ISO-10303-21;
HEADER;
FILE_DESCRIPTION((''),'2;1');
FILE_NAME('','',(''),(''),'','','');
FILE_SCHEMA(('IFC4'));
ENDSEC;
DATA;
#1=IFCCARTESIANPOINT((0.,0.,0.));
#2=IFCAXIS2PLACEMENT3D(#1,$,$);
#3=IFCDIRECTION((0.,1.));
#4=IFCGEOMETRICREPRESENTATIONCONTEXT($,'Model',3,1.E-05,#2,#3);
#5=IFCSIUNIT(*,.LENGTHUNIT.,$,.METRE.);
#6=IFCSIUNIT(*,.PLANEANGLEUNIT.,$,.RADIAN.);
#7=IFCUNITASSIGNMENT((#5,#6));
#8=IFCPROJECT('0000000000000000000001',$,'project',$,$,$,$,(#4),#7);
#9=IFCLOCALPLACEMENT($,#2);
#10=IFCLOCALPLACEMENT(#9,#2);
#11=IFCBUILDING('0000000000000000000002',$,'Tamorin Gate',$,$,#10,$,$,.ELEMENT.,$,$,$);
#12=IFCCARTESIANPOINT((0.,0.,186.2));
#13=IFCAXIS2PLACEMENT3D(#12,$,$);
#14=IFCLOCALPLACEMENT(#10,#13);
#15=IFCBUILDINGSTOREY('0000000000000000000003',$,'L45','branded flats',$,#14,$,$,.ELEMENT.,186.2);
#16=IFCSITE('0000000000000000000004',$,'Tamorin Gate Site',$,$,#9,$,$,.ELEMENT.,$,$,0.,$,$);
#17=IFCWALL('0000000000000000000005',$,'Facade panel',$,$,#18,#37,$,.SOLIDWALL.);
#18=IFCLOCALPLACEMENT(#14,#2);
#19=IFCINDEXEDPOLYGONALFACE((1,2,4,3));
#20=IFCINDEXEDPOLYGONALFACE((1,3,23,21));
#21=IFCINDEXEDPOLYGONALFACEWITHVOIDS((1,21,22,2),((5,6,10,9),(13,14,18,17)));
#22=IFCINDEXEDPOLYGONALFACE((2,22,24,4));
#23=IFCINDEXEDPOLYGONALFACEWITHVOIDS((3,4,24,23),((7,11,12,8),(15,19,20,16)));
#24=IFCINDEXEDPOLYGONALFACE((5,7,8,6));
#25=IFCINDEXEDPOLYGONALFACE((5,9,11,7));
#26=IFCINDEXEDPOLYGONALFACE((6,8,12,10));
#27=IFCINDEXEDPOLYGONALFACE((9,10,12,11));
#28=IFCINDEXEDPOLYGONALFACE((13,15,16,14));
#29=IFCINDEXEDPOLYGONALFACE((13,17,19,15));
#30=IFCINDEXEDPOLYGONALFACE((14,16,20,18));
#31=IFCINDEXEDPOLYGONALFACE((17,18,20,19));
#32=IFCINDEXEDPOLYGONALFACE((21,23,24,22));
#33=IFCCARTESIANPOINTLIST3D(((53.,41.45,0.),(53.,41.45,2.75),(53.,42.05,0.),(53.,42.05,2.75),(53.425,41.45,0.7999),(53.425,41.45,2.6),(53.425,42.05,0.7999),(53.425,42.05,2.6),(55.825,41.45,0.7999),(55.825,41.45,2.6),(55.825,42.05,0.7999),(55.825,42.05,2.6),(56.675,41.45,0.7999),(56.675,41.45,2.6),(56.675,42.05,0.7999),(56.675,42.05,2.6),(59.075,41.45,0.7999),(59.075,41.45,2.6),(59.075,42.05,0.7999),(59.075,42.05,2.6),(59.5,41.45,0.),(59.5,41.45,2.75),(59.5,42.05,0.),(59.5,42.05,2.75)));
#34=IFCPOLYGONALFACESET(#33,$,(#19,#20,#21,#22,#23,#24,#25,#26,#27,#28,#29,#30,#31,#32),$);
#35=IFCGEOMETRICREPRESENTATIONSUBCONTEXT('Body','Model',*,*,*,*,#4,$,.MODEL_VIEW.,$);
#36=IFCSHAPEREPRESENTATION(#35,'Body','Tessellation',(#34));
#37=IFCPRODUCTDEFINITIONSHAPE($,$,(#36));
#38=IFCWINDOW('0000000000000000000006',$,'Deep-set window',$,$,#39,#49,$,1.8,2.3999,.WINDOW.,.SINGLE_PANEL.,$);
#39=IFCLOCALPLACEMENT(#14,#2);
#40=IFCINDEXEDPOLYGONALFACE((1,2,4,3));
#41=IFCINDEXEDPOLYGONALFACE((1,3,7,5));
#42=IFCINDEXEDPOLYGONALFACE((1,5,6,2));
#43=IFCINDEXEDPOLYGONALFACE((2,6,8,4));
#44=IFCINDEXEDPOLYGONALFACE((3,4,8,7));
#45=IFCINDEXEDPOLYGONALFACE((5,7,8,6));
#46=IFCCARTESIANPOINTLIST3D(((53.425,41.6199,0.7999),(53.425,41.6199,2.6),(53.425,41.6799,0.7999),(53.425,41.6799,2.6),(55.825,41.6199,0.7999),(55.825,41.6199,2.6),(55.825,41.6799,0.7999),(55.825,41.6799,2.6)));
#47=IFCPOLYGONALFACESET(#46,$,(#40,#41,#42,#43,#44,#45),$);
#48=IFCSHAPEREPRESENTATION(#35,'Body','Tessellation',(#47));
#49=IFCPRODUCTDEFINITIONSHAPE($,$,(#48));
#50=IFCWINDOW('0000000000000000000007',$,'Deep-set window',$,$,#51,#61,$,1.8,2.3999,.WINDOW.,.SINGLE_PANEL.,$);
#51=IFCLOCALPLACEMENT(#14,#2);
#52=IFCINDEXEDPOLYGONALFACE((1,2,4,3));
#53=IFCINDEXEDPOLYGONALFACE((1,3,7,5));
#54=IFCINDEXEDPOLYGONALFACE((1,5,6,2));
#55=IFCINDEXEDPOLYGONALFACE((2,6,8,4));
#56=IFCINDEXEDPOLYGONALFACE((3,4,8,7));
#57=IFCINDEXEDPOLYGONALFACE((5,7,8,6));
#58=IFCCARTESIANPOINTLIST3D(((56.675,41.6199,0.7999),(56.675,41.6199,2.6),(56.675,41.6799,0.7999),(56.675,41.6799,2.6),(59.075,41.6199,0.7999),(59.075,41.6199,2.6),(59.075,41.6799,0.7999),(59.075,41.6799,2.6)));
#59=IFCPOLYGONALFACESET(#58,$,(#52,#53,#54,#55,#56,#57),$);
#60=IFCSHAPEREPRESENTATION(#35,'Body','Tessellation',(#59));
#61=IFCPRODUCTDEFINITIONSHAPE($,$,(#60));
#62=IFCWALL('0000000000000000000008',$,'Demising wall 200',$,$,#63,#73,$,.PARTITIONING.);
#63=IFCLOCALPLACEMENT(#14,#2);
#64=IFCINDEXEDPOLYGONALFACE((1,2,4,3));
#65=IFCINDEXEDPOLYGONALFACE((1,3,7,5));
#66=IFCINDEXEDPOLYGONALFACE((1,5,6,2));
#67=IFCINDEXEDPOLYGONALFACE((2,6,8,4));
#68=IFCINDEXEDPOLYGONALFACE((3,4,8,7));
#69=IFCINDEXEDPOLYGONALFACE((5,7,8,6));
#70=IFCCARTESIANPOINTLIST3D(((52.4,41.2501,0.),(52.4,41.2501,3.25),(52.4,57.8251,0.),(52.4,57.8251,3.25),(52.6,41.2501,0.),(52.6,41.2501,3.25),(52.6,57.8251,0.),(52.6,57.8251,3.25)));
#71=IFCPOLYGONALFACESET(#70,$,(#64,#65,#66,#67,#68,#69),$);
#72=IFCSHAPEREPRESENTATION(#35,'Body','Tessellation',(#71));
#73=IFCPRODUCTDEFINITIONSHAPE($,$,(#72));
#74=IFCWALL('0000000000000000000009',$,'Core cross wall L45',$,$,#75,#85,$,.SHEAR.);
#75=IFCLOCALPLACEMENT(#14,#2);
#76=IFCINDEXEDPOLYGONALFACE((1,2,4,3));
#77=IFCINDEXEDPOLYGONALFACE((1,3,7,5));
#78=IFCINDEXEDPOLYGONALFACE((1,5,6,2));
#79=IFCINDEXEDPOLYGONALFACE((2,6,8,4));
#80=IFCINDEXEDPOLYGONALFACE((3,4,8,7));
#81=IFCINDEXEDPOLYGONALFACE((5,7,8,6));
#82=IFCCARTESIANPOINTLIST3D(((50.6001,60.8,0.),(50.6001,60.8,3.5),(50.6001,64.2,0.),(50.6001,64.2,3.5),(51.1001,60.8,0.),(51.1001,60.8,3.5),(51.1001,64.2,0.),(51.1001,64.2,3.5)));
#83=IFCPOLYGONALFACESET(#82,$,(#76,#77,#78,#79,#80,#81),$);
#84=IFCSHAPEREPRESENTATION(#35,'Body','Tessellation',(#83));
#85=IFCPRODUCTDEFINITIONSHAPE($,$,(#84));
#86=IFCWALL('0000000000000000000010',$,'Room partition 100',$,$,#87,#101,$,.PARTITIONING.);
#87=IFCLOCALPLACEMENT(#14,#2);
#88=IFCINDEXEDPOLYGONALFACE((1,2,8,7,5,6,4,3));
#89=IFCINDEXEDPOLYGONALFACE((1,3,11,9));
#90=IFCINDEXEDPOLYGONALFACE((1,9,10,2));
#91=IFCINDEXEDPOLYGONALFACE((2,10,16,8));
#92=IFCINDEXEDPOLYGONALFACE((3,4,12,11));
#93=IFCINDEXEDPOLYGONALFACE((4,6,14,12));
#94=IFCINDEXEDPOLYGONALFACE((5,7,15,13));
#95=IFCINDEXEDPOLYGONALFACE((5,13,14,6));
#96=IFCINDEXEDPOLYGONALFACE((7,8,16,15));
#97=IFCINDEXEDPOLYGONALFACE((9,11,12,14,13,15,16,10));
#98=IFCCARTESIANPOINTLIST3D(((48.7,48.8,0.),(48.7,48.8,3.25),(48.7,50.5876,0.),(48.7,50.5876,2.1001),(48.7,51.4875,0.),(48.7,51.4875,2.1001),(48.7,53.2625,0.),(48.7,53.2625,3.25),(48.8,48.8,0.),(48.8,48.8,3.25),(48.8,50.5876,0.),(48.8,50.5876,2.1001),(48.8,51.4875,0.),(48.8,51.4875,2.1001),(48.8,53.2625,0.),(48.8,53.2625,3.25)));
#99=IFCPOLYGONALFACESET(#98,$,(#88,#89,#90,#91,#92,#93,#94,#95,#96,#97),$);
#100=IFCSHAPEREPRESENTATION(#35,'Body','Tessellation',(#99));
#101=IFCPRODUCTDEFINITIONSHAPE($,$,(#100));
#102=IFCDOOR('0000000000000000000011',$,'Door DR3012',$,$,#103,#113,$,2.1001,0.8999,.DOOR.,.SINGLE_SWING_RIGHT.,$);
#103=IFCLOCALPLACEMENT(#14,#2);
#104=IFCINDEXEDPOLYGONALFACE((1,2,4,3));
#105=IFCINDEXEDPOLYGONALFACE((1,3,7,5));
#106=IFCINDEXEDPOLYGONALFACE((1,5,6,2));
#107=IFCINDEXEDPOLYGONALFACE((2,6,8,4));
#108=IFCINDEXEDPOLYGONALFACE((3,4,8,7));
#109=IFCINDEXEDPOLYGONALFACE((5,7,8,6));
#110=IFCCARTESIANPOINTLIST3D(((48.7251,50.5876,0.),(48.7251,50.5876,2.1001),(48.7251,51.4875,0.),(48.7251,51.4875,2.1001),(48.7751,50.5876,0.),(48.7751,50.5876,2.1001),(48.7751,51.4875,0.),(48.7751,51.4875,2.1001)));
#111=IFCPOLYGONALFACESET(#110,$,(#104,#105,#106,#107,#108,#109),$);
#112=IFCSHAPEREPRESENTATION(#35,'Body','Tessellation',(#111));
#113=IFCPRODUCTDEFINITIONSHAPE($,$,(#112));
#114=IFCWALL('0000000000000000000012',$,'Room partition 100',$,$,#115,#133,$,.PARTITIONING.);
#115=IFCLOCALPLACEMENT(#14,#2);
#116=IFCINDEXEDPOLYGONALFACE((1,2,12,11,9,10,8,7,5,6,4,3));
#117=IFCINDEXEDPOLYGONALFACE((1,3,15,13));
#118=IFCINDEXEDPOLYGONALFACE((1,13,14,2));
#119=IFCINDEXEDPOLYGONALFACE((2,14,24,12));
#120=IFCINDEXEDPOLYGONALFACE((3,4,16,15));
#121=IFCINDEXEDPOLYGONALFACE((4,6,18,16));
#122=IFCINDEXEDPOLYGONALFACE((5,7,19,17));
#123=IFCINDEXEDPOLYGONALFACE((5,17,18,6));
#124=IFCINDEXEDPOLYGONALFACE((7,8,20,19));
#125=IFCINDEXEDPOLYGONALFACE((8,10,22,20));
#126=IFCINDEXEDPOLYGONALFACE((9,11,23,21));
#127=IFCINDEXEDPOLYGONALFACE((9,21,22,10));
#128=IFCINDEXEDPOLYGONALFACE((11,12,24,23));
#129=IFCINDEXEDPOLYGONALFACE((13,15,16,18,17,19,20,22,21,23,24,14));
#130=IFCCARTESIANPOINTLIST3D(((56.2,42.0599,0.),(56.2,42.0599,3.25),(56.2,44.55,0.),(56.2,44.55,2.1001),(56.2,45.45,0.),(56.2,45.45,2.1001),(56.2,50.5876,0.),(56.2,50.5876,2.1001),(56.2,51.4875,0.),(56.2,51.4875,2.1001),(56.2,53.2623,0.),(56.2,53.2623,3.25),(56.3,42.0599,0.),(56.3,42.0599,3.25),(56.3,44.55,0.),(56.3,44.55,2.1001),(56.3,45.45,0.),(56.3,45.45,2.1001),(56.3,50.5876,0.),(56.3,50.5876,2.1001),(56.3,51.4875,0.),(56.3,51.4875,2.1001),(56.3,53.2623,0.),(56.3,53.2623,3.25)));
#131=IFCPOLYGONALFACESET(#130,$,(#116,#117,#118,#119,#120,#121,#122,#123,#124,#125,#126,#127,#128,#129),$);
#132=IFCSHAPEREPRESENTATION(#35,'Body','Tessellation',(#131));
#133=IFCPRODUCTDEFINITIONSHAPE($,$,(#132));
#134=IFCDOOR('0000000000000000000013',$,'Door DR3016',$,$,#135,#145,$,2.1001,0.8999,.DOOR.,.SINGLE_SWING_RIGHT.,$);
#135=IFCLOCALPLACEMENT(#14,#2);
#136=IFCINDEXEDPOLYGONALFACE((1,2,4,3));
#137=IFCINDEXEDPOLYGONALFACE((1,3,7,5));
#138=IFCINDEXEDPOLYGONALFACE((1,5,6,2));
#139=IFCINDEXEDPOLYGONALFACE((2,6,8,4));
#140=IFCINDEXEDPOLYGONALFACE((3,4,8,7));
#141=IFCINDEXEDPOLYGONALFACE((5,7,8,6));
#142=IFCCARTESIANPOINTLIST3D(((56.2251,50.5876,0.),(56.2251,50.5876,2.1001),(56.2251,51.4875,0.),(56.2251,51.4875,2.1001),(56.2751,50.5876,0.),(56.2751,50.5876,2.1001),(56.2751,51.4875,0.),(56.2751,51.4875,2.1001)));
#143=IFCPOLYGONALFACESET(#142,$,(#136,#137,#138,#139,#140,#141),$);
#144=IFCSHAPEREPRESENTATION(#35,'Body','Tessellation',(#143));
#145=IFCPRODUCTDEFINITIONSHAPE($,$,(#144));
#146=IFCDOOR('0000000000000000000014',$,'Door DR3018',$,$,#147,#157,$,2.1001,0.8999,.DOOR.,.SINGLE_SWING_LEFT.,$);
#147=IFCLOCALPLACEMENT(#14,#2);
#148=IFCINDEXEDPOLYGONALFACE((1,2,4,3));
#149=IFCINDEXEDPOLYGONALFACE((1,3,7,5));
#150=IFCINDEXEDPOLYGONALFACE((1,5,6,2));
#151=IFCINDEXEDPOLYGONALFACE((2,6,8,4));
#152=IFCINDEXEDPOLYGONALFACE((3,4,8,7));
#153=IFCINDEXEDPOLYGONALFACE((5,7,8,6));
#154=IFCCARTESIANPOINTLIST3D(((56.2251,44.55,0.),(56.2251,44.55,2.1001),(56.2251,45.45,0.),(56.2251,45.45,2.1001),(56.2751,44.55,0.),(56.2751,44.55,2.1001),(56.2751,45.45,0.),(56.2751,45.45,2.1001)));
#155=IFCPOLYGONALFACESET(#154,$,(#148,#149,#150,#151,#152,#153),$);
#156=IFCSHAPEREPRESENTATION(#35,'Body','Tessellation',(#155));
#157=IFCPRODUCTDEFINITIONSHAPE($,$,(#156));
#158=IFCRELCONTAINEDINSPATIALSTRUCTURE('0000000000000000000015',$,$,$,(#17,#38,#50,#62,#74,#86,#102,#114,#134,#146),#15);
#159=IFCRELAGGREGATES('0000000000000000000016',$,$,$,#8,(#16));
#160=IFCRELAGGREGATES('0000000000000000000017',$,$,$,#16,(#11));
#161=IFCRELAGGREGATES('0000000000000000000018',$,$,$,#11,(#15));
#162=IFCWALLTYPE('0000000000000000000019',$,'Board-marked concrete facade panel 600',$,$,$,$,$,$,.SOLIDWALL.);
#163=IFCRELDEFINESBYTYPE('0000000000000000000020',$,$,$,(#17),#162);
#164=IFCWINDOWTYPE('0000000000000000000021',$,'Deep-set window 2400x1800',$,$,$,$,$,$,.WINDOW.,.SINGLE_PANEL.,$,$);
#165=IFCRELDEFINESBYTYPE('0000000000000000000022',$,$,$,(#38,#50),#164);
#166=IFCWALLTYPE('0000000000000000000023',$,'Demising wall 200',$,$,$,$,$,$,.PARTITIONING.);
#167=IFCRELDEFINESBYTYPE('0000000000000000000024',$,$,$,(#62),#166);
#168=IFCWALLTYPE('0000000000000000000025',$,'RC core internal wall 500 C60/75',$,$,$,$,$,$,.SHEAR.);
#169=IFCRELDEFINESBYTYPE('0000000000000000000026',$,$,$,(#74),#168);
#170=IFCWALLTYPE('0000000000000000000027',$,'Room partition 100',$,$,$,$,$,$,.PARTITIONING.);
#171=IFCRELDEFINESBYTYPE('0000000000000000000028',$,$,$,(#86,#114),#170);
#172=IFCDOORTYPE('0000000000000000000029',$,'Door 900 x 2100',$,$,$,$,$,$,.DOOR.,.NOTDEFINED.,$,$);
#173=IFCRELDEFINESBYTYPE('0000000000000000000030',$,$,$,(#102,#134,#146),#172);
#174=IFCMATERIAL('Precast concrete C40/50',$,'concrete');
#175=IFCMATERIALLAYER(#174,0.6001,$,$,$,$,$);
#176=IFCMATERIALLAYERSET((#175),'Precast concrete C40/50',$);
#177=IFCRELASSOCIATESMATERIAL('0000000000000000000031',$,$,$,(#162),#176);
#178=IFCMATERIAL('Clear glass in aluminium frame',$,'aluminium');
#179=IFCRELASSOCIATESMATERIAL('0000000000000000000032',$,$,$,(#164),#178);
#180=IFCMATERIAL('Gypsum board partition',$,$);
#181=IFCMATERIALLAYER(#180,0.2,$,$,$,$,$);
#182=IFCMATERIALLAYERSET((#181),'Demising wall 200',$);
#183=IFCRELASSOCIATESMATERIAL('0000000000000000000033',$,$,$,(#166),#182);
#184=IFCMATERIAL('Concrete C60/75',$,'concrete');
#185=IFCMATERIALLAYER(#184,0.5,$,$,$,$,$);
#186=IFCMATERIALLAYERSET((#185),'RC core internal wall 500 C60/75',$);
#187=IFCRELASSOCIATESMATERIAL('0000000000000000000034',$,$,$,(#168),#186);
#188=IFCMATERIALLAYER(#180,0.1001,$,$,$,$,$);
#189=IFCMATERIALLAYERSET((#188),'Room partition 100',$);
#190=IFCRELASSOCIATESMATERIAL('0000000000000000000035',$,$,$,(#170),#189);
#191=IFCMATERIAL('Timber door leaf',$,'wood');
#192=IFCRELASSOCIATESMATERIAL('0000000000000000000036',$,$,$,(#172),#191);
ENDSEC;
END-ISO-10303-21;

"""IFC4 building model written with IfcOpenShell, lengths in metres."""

from ifc_helpers import new_model, si_unit, direction, frame, frame_2d, origin, place, context, subcontext, project, spatial, rectangle, extrude, material, layer, layer_set, type_object, element, fill, save


model = new_model("IFC4")

# Units and contexts
model_context = context("Model", 3, precision=1e-05, world=origin(), true_north=direction((0.0, 1.0)))
body_context = subcontext(model_context, "Body", "Model", "MODEL_VIEW")
ifc_project = project(units=[si_unit("LENGTHUNIT", "METRE"), si_unit("PLANEANGLEUNIT", "RADIAN")], contexts=[model_context])

# Site, building, storey
site_placement = place(None, origin())
site = spatial("IfcSite", under=ifc_project, at=site_placement, Name="Tamorin Gate Site", CompositionType="ELEMENT", RefElevation=0.0)
building_placement = place(site_placement, origin())
building = spatial("IfcBuilding", under=site, at=building_placement, Name="Tamorin Gate", CompositionType="ELEMENT")
storey_placement = place(building_placement, frame((0.0, 0.0, 186.2)))
storey = spatial("IfcBuildingStorey", under=building, at=storey_placement, Name="L45", Description="branded flats", CompositionType="ELEMENT", Elevation=186.2)

# Shared definitions
ifc_material_1 = material(Name="Concrete C60/75", Category="concrete")

# Wall, openings, windows
ifc_material_2 = material(Name="Precast concrete C40/50", Category="concrete")
ifc_layer_1 = layer(ifc_material_2, 0.6001)
ifc_layer_set_1 = layer_set([ifc_layer_1], Name="Precast concrete C40/50")
wall_type_1 = type_object("IfcWallType", Name="Board-marked concrete facade panel 600", PredefinedType="SOLIDWALL", material=ifc_layer_set_1)
ifc_material_3 = material(Name="Clear glass in aluminium frame", Category="aluminium")
window_type = type_object("IfcWindowType", Name="Deep-set window 2400x1800", PartitioningType="SINGLE_PANEL", PredefinedType="WINDOW", material=ifc_material_3)
wall_1_placement = place(storey_placement, frame((53.0, 41.75, 0.0), z_axis=(0.0, 0.0, 1.0), x_axis=(1.0, 0.0, 0.0)))
wall_1 = element("IfcWall", 1, at=wall_1_placement, inside=storey, type_object=wall_type_1, Name="Facade panel", PredefinedType="SOLIDWALL", context=body_context, shape_type="SweptSolid", body=[
    extrude(rectangle(XDim=6.5, YDim=0.6001, at=frame_2d((3.25, 0.0))), origin(), (0.0, 0.0, 1.0), 2.75),
])
opening_1_placement = place(wall_1_placement, frame((0.425, 0.0, 0.8)))
opening_1 = element("IfcOpeningElement", 2, at=opening_1_placement, cuts=wall_1, PredefinedType="OPENING", context=body_context, shape_type="SweptSolid", body=[
    extrude(rectangle(XDim=2.3999, YDim=1.8, at=frame_2d((1.2, 0.8999))), frame((0.0, 0.3101, 0.0), z_axis=(0.0, -1.0, 0.0), x_axis=(1.0, 0.0, 0.0)), (0.0, 0.0, 1.0), 0.6201),
])
opening_2_placement = place(wall_1_placement, frame((3.675, 0.0, 0.8)))
opening_2 = element("IfcOpeningElement", 3, at=opening_2_placement, cuts=wall_1, PredefinedType="OPENING", context=body_context, shape_type="SweptSolid", body=[
    extrude(rectangle(XDim=2.3999, YDim=1.8, at=frame_2d((1.2, 0.8999))), frame((0.0, 0.3101, 0.0), z_axis=(0.0, -1.0, 0.0), x_axis=(1.0, 0.0, 0.0)), (0.0, 0.0, 1.0), 0.6201),
])
window_1_placement = place(opening_1_placement, origin())
window_1 = element("IfcWindow", 4, at=window_1_placement, inside=storey, type_object=window_type, Name="Deep-set window", OverallHeight=1.8, OverallWidth=2.3999, PartitioningType="SINGLE_PANEL", PredefinedType="WINDOW", context=body_context, shape_type="SweptSolid", body=[
    extrude(rectangle(XDim=2.3999, YDim=1.8, at=frame_2d((1.2, 0.8999))), frame((0.0, -0.0701, 0.0), z_axis=(0.0, -1.0, 0.0), x_axis=(1.0, 0.0, 0.0)), (0.0, 0.0, 1.0), 0.0601),
])
fill(opening_1, window_1)
window_2_placement = place(opening_2_placement, origin())
window_2 = element("IfcWindow", 5, at=window_2_placement, inside=storey, type_object=window_type, Name="Deep-set window", OverallHeight=1.8, OverallWidth=2.3999, PartitioningType="SINGLE_PANEL", PredefinedType="WINDOW", context=body_context, shape_type="SweptSolid", body=[
    extrude(rectangle(XDim=2.3999, YDim=1.8, at=frame_2d((1.2, 0.8999))), frame((0.0, -0.0701, 0.0), z_axis=(0.0, -1.0, 0.0), x_axis=(1.0, 0.0, 0.0)), (0.0, 0.0, 1.0), 0.0601),
])
fill(opening_2, window_2)

# Walls
ifc_material_4 = material(Name="Gypsum board partition")
ifc_layer_2 = layer(ifc_material_4, 0.2)
ifc_layer_set_2 = layer_set([ifc_layer_2], Name="Demising wall 200")
wall_type_2 = type_object("IfcWallType", Name="Demising wall 200", PredefinedType="PARTITIONING", material=ifc_layer_set_2)
wall_2_placement = place(storey_placement, frame((52.5, 41.25, 0.0), z_axis=(0.0, 0.0, 1.0), x_axis=(0.0, 1.0, 0.0)))
element("IfcWall", 6, at=wall_2_placement, inside=storey, type_object=wall_type_2, Name="Demising wall 200", PredefinedType="PARTITIONING", context=body_context, shape_type="SweptSolid", body=[
    extrude(rectangle(XDim=16.575, YDim=0.2, at=frame_2d((8.2876, 0.0))), origin(), (0.0, 0.0, 1.0), 3.25),
])
ifc_layer_3 = layer(ifc_material_1, 0.5)
ifc_layer_set_3 = layer_set([ifc_layer_3], Name="RC core internal wall 500 C60/75")
wall_type_3 = type_object("IfcWallType", Name="RC core internal wall 500 C60/75", PredefinedType="SHEAR", material=ifc_layer_set_3)
wall_3_placement = place(storey_placement, frame((50.8501, 60.8, 0.0), z_axis=(0.0, 0.0, 1.0), x_axis=(0.0, 1.0, 0.0)))
element("IfcWall", 7, at=wall_3_placement, inside=storey, type_object=wall_type_3, Name="Core cross wall L45", PredefinedType="SHEAR", context=body_context, shape_type="SweptSolid", body=[
    extrude(rectangle(XDim=3.3999, YDim=0.5, at=frame_2d((1.7, 0.0))), origin(), (0.0, 0.0, 1.0), 3.5),
])

# Wall, opening, door
ifc_layer_4 = layer(ifc_material_4, 0.1001)
ifc_layer_set_4 = layer_set([ifc_layer_4], Name="Room partition 100")
wall_type_4 = type_object("IfcWallType", Name="Room partition 100", PredefinedType="PARTITIONING", material=ifc_layer_set_4)
wall_4_placement = place(storey_placement, frame((48.75, 48.8, 0.0), z_axis=(0.0, 0.0, 1.0), x_axis=(0.0, 1.0, 0.0)))
wall_4 = element("IfcWall", 8, at=wall_4_placement, inside=storey, type_object=wall_type_4, Name="Room partition 100", PredefinedType="PARTITIONING", context=body_context, shape_type="SweptSolid", body=[
    extrude(rectangle(XDim=4.4624, YDim=0.1001, at=frame_2d((2.2312, 0.0))), origin(), (0.0, 0.0, 1.0), 3.25),
])
opening_3_placement = place(wall_4_placement, frame((1.7876, 0.0, 0.0)))
opening_3 = element("IfcOpeningElement", 9, at=opening_3_placement, cuts=wall_4, PredefinedType="OPENING", context=body_context, shape_type="SweptSolid", body=[
    extrude(rectangle(XDim=0.8999, YDim=2.1001, at=frame_2d((0.45, 1.05))), frame((0.0, 0.0601, 0.0), z_axis=(0.0, -1.0, 0.0), x_axis=(1.0, 0.0, 0.0)), (0.0, 0.0, 1.0), 0.1201),
])
ifc_material_5 = material(Name="Timber door leaf", Category="wood")
door_type = type_object("IfcDoorType", Name="Door 900 x 2100", OperationType="NOTDEFINED", PredefinedType="DOOR", material=ifc_material_5)
door_1_placement = place(opening_3_placement, origin())
door_1 = element("IfcDoor", 10, at=door_1_placement, inside=storey, type_object=door_type, Name="Door DR3012", OperationType="SINGLE_SWING_RIGHT", OverallHeight=2.1001, OverallWidth=0.8999, PredefinedType="DOOR", context=body_context, shape_type="SweptSolid", body=[
    extrude(rectangle(XDim=0.8999, YDim=2.1001, at=frame_2d((0.45, 1.05))), frame((0.0, 0.0249, 0.0), z_axis=(0.0, -1.0, 0.0), x_axis=(1.0, 0.0, 0.0)), (0.0, 0.0, 1.0), 0.05),
])
fill(opening_3, door_1)

# Wall, openings, doors
wall_5_placement = place(storey_placement, frame((56.25, 42.0601, 0.0), z_axis=(0.0, 0.0, 1.0), x_axis=(0.0, 1.0, 0.0)))
wall_5 = element("IfcWall", 11, at=wall_5_placement, inside=storey, type_object=wall_type_4, Name="Room partition 100", PredefinedType="PARTITIONING", context=body_context, shape_type="SweptSolid", body=[
    extrude(rectangle(XDim=11.2024, YDim=0.1001, at=frame_2d((5.6011, 0.0))), origin(), (0.0, 0.0, 1.0), 3.25),
])
opening_4_placement = place(wall_5_placement, frame((8.5276, 0.0, 0.0)))
opening_4 = element("IfcOpeningElement", 12, at=opening_4_placement, cuts=wall_5, PredefinedType="OPENING", context=body_context, shape_type="SweptSolid", body=[
    extrude(rectangle(XDim=0.8999, YDim=2.1001, at=frame_2d((0.45, 1.05))), frame((0.0, 0.0601, 0.0), z_axis=(0.0, -1.0, 0.0), x_axis=(1.0, 0.0, 0.0)), (0.0, 0.0, 1.0), 0.1201),
])
opening_5_placement = place(wall_5_placement, frame((2.49, 0.0, 0.0)))
opening_5 = element("IfcOpeningElement", 13, at=opening_5_placement, cuts=wall_5, PredefinedType="OPENING", context=body_context, shape_type="SweptSolid", body=[
    extrude(rectangle(XDim=0.8999, YDim=2.1001, at=frame_2d((0.45, 1.05))), frame((0.0, 0.0601, 0.0), z_axis=(0.0, -1.0, 0.0), x_axis=(1.0, 0.0, 0.0)), (0.0, 0.0, 1.0), 0.1201),
])
door_2_placement = place(opening_4_placement, origin())
door_2 = element("IfcDoor", 14, at=door_2_placement, inside=storey, type_object=door_type, Name="Door DR3016", OperationType="SINGLE_SWING_RIGHT", OverallHeight=2.1001, OverallWidth=0.8999, PredefinedType="DOOR", context=body_context, shape_type="SweptSolid", body=[
    extrude(rectangle(XDim=0.8999, YDim=2.1001, at=frame_2d((0.45, 1.05))), frame((0.0, 0.0249, 0.0), z_axis=(0.0, -1.0, 0.0), x_axis=(1.0, 0.0, 0.0)), (0.0, 0.0, 1.0), 0.05),
])
fill(opening_4, door_2)
door_3_placement = place(opening_5_placement, origin())
door_3 = element("IfcDoor", 15, at=door_3_placement, inside=storey, type_object=door_type, Name="Door DR3018", OperationType="SINGLE_SWING_LEFT", OverallHeight=2.1001, OverallWidth=0.8999, PredefinedType="DOOR", context=body_context, shape_type="SweptSolid", body=[
    extrude(rectangle(XDim=0.8999, YDim=2.1001, at=frame_2d((0.45, 1.05))), frame((0.0, 0.0249, 0.0), z_axis=(0.0, -1.0, 0.0), x_axis=(1.0, 0.0, 0.0)), (0.0, 0.0, 1.0), 0.05),
])
fill(opening_5, door_3)

save(model, "model.ifc")
